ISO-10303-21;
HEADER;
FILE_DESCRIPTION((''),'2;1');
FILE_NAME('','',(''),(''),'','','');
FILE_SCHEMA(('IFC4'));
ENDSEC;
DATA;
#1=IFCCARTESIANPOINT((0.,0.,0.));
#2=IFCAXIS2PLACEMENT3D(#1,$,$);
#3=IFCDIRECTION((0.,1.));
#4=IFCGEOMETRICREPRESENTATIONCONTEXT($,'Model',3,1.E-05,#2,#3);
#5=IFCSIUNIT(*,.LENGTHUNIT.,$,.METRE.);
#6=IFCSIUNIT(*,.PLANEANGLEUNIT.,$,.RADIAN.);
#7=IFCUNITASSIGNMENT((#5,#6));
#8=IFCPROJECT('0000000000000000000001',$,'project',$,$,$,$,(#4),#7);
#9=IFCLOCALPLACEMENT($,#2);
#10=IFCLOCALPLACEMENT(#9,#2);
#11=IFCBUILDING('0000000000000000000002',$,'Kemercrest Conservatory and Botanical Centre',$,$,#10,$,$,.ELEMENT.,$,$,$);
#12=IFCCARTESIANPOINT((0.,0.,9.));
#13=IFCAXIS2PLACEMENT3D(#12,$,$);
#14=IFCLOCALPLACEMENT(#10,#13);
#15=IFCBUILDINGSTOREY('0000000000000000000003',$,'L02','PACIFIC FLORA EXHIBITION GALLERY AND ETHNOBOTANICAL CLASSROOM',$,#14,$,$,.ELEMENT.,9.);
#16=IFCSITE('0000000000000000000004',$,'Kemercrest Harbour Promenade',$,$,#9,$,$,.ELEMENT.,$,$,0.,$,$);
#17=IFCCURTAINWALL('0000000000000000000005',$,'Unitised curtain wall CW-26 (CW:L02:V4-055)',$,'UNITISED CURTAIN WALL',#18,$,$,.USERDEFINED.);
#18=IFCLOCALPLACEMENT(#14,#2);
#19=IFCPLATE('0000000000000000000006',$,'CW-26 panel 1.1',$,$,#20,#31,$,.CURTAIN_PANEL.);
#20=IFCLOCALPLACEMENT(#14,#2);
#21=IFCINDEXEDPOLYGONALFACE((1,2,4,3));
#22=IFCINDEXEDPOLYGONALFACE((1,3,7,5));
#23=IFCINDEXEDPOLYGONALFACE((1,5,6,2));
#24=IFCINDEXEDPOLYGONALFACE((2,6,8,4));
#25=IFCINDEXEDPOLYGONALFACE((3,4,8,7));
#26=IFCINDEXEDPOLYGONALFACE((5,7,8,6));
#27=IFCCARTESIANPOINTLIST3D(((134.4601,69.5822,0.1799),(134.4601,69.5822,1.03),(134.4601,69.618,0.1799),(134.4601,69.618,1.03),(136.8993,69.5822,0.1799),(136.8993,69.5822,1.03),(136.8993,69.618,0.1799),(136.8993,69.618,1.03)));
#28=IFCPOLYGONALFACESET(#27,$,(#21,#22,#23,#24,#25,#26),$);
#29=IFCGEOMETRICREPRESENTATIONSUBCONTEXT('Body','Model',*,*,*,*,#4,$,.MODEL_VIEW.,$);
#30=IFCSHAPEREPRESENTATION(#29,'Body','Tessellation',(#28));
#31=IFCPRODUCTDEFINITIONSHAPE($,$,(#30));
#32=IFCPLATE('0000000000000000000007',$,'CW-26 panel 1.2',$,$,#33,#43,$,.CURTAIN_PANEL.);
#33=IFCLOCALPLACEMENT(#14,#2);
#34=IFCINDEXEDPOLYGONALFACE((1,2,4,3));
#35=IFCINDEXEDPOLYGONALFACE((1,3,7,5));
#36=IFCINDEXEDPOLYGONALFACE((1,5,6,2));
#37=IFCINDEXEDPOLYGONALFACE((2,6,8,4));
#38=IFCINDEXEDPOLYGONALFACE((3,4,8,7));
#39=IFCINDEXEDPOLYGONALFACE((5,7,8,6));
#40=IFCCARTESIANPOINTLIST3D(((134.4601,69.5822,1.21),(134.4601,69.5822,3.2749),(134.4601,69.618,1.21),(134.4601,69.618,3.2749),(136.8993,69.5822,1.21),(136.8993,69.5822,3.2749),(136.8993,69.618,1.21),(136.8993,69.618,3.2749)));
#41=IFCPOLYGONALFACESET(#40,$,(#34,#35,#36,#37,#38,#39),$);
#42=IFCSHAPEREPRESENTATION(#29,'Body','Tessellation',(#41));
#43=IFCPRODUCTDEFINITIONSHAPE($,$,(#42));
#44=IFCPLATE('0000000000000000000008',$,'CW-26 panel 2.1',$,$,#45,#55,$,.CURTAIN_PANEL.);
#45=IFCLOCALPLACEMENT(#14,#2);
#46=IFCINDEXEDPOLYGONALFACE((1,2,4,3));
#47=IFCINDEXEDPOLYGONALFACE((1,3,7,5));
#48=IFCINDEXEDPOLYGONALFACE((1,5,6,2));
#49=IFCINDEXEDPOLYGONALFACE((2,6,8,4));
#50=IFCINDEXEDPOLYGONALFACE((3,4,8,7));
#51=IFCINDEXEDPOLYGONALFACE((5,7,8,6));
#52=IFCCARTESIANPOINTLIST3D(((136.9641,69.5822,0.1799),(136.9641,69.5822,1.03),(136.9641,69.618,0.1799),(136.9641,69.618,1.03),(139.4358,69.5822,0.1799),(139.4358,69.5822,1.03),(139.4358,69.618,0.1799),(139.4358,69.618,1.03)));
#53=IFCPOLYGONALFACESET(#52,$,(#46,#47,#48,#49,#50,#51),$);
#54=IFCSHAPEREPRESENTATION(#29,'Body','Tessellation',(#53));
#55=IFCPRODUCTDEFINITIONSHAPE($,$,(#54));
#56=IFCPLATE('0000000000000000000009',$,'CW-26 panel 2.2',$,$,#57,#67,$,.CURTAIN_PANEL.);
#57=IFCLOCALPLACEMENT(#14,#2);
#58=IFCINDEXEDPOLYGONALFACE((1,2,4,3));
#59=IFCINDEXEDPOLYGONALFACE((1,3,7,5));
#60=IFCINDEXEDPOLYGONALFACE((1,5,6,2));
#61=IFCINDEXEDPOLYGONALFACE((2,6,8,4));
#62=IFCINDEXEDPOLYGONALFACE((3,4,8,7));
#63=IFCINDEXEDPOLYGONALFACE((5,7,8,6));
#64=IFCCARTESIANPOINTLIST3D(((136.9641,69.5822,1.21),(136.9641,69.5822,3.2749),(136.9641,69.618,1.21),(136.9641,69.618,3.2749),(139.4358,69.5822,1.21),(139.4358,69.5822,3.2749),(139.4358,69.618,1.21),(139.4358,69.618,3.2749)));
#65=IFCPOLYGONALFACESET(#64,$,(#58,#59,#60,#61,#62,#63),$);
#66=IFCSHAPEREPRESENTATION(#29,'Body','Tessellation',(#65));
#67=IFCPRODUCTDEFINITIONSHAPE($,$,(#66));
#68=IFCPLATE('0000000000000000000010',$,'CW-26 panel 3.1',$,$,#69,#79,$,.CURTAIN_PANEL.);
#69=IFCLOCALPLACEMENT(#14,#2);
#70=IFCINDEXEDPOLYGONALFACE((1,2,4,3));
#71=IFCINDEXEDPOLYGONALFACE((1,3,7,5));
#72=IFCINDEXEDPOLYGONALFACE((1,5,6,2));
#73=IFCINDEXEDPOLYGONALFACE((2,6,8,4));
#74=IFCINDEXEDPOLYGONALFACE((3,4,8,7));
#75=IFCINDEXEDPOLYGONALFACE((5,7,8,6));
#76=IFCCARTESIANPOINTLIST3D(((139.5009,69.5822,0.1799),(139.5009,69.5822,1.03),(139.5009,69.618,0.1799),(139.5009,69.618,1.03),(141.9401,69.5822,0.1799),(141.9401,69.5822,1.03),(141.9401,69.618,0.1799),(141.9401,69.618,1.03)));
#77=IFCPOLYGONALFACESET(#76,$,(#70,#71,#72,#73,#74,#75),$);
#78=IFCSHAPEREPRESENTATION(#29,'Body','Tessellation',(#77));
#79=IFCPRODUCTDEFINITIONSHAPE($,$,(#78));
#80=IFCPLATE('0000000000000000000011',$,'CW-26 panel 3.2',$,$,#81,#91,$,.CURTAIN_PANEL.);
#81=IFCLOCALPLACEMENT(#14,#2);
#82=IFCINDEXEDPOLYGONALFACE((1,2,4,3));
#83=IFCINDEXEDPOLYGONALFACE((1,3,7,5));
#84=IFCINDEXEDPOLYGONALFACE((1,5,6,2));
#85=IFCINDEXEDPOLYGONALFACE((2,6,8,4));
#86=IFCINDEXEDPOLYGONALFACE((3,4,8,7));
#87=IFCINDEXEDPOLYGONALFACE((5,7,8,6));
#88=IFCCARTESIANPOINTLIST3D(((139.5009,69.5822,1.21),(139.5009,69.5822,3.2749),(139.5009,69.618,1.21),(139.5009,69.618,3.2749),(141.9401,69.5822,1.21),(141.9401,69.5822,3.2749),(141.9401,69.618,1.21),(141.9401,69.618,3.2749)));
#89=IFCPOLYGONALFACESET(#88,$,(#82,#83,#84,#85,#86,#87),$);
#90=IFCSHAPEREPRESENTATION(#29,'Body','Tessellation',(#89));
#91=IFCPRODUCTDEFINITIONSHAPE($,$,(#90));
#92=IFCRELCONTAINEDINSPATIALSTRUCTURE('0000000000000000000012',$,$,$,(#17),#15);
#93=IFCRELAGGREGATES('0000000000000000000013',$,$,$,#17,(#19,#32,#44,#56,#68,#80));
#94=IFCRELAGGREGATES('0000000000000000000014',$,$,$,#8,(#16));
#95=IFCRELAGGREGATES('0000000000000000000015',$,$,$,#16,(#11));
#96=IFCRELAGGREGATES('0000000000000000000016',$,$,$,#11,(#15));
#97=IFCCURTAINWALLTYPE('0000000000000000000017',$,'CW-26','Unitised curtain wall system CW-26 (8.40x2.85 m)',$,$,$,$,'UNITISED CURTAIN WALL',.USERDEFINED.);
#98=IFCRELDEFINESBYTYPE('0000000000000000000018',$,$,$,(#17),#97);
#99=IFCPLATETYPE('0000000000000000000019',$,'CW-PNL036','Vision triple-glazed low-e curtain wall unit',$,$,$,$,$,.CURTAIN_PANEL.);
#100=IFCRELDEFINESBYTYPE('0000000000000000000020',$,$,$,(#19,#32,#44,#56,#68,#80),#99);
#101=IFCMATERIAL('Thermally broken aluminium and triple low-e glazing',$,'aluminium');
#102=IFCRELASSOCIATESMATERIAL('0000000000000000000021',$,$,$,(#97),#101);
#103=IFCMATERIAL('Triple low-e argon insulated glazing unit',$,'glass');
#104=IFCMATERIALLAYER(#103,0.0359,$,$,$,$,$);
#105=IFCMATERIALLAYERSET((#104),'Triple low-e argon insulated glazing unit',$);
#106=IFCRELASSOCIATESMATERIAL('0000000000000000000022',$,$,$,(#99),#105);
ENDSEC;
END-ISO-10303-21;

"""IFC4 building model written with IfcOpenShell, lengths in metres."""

from ifc_helpers import new_model, si_unit, direction, frame, origin, origin_2d, place, context, subcontext, project, spatial, rectangle, extrude, material, layer, layer_set, type_object, element, aggregate, save


model = new_model("IFC4")

# Units and contexts
model_context = context("Model", 3, precision=1e-05, world=origin(), true_north=direction((0.0, 1.0)))
body_context = subcontext(model_context, "Body", "Model", "MODEL_VIEW")
ifc_project = project(units=[si_unit("LENGTHUNIT", "METRE"), si_unit("PLANEANGLEUNIT", "RADIAN")], contexts=[model_context])

# Site, building, storey
site_placement = place(None, origin())
site = spatial("IfcSite", under=ifc_project, at=site_placement, Name="Kemercrest Harbour Promenade", CompositionType="ELEMENT", RefElevation=0.0)
building_placement = place(site_placement, origin())
building = spatial("IfcBuilding", under=site, at=building_placement, Name="Kemercrest Conservatory and Botanical Centre", CompositionType="ELEMENT")
storey_placement = place(building_placement, frame((0.0, 0.0, 9.0)))
storey = spatial("IfcBuildingStorey", under=building, at=storey_placement, Name="L02", Description="PACIFIC FLORA EXHIBITION GALLERY AND ETHNOBOTANICAL CLASSROOM", CompositionType="ELEMENT", Elevation=9.0)

# Curtain wall, plates
ifc_material_1 = material(Name="Thermally broken aluminium and triple low-e glazing", Category="aluminium")
curtain_wall_type = type_object("IfcCurtainWallType", Name="CW-26", Description="Unitised curtain wall system CW-26 (8.40x2.85 m)", ElementType="UNITISED CURTAIN WALL", PredefinedType="USERDEFINED", material=ifc_material_1)
curtain_wall_placement = place(storey_placement, origin())
curtain_wall = element("IfcCurtainWall", 1, at=curtain_wall_placement, inside=storey, type_object=curtain_wall_type, Name="Unitised curtain wall CW-26 (CW:L02:V4-055)", ObjectType="UNITISED CURTAIN WALL", PredefinedType="USERDEFINED")
ifc_material_2 = material(Name="Triple low-e argon insulated glazing unit", Category="glass")
ifc_layer = layer(ifc_material_2, 0.0359)
ifc_layer_set = layer_set([ifc_layer], Name="Triple low-e argon insulated glazing unit")
plate_type = type_object("IfcPlateType", Name="CW-PNL036", Description="Vision triple-glazed low-e curtain wall unit", PredefinedType="CURTAIN_PANEL", material=ifc_layer_set)
plate_1_placement = place(storey_placement, frame((135.6797, 69.6001, 0.1799), z_axis=(0.0, 0.0, 1.0), x_axis=(1.0, 0.0, 0.0)))
plate_1 = element("IfcPlate", 2, at=plate_1_placement, type_object=plate_type, Name="CW-26 panel 1.1", PredefinedType="CURTAIN_PANEL", context=body_context, shape_type="SweptSolid", body=[
    extrude(rectangle(XDim=2.4392, YDim=0.0359, at=origin_2d()), origin(), (0.0, 0.0, 1.0), 0.8501),
])
plate_2_placement = place(storey_placement, frame((135.6797, 69.6001, 1.21), z_axis=(0.0, 0.0, 1.0), x_axis=(1.0, 0.0, 0.0)))
plate_2 = element("IfcPlate", 3, at=plate_2_placement, type_object=plate_type, Name="CW-26 panel 1.2", PredefinedType="CURTAIN_PANEL", context=body_context, shape_type="SweptSolid", body=[
    extrude(rectangle(XDim=2.4392, YDim=0.0359, at=origin_2d()), origin(), (0.0, 0.0, 1.0), 2.0649),
])
plate_3_placement = place(storey_placement, frame((138.2, 69.6001, 0.1799), z_axis=(0.0, 0.0, 1.0), x_axis=(1.0, 0.0, 0.0)))
plate_3 = element("IfcPlate", 4, at=plate_3_placement, type_object=plate_type, Name="CW-26 panel 2.1", PredefinedType="CURTAIN_PANEL", context=body_context, shape_type="SweptSolid", body=[
    extrude(rectangle(XDim=2.4717, YDim=0.0359, at=origin_2d()), origin(), (0.0, 0.0, 1.0), 0.8501),
])
plate_4_placement = place(storey_placement, frame((138.2, 69.6001, 1.21), z_axis=(0.0, 0.0, 1.0), x_axis=(1.0, 0.0, 0.0)))
plate_4 = element("IfcPlate", 5, at=plate_4_placement, type_object=plate_type, Name="CW-26 panel 2.2", PredefinedType="CURTAIN_PANEL", context=body_context, shape_type="SweptSolid", body=[
    extrude(rectangle(XDim=2.4717, YDim=0.0359, at=origin_2d()), origin(), (0.0, 0.0, 1.0), 2.0649),
])
plate_5_placement = place(storey_placement, frame((140.7205, 69.6001, 0.1799), z_axis=(0.0, 0.0, 1.0), x_axis=(1.0, 0.0, 0.0)))
plate_5 = element("IfcPlate", 6, at=plate_5_placement, type_object=plate_type, Name="CW-26 panel 3.1", PredefinedType="CURTAIN_PANEL", context=body_context, shape_type="SweptSolid", body=[
    extrude(rectangle(XDim=2.4392, YDim=0.0359, at=origin_2d()), origin(), (0.0, 0.0, 1.0), 0.8501),
])
plate_6_placement = place(storey_placement, frame((140.7205, 69.6001, 1.21), z_axis=(0.0, 0.0, 1.0), x_axis=(1.0, 0.0, 0.0)))
plate_6 = element("IfcPlate", 7, at=plate_6_placement, type_object=plate_type, Name="CW-26 panel 3.2", PredefinedType="CURTAIN_PANEL", context=body_context, shape_type="SweptSolid", body=[
    extrude(rectangle(XDim=2.4392, YDim=0.0359, at=origin_2d()), origin(), (0.0, 0.0, 1.0), 2.0649),
])
aggregate(curtain_wall, [plate_1, plate_2, plate_3, plate_4, plate_5, plate_6])

save(model, "model.ifc")
